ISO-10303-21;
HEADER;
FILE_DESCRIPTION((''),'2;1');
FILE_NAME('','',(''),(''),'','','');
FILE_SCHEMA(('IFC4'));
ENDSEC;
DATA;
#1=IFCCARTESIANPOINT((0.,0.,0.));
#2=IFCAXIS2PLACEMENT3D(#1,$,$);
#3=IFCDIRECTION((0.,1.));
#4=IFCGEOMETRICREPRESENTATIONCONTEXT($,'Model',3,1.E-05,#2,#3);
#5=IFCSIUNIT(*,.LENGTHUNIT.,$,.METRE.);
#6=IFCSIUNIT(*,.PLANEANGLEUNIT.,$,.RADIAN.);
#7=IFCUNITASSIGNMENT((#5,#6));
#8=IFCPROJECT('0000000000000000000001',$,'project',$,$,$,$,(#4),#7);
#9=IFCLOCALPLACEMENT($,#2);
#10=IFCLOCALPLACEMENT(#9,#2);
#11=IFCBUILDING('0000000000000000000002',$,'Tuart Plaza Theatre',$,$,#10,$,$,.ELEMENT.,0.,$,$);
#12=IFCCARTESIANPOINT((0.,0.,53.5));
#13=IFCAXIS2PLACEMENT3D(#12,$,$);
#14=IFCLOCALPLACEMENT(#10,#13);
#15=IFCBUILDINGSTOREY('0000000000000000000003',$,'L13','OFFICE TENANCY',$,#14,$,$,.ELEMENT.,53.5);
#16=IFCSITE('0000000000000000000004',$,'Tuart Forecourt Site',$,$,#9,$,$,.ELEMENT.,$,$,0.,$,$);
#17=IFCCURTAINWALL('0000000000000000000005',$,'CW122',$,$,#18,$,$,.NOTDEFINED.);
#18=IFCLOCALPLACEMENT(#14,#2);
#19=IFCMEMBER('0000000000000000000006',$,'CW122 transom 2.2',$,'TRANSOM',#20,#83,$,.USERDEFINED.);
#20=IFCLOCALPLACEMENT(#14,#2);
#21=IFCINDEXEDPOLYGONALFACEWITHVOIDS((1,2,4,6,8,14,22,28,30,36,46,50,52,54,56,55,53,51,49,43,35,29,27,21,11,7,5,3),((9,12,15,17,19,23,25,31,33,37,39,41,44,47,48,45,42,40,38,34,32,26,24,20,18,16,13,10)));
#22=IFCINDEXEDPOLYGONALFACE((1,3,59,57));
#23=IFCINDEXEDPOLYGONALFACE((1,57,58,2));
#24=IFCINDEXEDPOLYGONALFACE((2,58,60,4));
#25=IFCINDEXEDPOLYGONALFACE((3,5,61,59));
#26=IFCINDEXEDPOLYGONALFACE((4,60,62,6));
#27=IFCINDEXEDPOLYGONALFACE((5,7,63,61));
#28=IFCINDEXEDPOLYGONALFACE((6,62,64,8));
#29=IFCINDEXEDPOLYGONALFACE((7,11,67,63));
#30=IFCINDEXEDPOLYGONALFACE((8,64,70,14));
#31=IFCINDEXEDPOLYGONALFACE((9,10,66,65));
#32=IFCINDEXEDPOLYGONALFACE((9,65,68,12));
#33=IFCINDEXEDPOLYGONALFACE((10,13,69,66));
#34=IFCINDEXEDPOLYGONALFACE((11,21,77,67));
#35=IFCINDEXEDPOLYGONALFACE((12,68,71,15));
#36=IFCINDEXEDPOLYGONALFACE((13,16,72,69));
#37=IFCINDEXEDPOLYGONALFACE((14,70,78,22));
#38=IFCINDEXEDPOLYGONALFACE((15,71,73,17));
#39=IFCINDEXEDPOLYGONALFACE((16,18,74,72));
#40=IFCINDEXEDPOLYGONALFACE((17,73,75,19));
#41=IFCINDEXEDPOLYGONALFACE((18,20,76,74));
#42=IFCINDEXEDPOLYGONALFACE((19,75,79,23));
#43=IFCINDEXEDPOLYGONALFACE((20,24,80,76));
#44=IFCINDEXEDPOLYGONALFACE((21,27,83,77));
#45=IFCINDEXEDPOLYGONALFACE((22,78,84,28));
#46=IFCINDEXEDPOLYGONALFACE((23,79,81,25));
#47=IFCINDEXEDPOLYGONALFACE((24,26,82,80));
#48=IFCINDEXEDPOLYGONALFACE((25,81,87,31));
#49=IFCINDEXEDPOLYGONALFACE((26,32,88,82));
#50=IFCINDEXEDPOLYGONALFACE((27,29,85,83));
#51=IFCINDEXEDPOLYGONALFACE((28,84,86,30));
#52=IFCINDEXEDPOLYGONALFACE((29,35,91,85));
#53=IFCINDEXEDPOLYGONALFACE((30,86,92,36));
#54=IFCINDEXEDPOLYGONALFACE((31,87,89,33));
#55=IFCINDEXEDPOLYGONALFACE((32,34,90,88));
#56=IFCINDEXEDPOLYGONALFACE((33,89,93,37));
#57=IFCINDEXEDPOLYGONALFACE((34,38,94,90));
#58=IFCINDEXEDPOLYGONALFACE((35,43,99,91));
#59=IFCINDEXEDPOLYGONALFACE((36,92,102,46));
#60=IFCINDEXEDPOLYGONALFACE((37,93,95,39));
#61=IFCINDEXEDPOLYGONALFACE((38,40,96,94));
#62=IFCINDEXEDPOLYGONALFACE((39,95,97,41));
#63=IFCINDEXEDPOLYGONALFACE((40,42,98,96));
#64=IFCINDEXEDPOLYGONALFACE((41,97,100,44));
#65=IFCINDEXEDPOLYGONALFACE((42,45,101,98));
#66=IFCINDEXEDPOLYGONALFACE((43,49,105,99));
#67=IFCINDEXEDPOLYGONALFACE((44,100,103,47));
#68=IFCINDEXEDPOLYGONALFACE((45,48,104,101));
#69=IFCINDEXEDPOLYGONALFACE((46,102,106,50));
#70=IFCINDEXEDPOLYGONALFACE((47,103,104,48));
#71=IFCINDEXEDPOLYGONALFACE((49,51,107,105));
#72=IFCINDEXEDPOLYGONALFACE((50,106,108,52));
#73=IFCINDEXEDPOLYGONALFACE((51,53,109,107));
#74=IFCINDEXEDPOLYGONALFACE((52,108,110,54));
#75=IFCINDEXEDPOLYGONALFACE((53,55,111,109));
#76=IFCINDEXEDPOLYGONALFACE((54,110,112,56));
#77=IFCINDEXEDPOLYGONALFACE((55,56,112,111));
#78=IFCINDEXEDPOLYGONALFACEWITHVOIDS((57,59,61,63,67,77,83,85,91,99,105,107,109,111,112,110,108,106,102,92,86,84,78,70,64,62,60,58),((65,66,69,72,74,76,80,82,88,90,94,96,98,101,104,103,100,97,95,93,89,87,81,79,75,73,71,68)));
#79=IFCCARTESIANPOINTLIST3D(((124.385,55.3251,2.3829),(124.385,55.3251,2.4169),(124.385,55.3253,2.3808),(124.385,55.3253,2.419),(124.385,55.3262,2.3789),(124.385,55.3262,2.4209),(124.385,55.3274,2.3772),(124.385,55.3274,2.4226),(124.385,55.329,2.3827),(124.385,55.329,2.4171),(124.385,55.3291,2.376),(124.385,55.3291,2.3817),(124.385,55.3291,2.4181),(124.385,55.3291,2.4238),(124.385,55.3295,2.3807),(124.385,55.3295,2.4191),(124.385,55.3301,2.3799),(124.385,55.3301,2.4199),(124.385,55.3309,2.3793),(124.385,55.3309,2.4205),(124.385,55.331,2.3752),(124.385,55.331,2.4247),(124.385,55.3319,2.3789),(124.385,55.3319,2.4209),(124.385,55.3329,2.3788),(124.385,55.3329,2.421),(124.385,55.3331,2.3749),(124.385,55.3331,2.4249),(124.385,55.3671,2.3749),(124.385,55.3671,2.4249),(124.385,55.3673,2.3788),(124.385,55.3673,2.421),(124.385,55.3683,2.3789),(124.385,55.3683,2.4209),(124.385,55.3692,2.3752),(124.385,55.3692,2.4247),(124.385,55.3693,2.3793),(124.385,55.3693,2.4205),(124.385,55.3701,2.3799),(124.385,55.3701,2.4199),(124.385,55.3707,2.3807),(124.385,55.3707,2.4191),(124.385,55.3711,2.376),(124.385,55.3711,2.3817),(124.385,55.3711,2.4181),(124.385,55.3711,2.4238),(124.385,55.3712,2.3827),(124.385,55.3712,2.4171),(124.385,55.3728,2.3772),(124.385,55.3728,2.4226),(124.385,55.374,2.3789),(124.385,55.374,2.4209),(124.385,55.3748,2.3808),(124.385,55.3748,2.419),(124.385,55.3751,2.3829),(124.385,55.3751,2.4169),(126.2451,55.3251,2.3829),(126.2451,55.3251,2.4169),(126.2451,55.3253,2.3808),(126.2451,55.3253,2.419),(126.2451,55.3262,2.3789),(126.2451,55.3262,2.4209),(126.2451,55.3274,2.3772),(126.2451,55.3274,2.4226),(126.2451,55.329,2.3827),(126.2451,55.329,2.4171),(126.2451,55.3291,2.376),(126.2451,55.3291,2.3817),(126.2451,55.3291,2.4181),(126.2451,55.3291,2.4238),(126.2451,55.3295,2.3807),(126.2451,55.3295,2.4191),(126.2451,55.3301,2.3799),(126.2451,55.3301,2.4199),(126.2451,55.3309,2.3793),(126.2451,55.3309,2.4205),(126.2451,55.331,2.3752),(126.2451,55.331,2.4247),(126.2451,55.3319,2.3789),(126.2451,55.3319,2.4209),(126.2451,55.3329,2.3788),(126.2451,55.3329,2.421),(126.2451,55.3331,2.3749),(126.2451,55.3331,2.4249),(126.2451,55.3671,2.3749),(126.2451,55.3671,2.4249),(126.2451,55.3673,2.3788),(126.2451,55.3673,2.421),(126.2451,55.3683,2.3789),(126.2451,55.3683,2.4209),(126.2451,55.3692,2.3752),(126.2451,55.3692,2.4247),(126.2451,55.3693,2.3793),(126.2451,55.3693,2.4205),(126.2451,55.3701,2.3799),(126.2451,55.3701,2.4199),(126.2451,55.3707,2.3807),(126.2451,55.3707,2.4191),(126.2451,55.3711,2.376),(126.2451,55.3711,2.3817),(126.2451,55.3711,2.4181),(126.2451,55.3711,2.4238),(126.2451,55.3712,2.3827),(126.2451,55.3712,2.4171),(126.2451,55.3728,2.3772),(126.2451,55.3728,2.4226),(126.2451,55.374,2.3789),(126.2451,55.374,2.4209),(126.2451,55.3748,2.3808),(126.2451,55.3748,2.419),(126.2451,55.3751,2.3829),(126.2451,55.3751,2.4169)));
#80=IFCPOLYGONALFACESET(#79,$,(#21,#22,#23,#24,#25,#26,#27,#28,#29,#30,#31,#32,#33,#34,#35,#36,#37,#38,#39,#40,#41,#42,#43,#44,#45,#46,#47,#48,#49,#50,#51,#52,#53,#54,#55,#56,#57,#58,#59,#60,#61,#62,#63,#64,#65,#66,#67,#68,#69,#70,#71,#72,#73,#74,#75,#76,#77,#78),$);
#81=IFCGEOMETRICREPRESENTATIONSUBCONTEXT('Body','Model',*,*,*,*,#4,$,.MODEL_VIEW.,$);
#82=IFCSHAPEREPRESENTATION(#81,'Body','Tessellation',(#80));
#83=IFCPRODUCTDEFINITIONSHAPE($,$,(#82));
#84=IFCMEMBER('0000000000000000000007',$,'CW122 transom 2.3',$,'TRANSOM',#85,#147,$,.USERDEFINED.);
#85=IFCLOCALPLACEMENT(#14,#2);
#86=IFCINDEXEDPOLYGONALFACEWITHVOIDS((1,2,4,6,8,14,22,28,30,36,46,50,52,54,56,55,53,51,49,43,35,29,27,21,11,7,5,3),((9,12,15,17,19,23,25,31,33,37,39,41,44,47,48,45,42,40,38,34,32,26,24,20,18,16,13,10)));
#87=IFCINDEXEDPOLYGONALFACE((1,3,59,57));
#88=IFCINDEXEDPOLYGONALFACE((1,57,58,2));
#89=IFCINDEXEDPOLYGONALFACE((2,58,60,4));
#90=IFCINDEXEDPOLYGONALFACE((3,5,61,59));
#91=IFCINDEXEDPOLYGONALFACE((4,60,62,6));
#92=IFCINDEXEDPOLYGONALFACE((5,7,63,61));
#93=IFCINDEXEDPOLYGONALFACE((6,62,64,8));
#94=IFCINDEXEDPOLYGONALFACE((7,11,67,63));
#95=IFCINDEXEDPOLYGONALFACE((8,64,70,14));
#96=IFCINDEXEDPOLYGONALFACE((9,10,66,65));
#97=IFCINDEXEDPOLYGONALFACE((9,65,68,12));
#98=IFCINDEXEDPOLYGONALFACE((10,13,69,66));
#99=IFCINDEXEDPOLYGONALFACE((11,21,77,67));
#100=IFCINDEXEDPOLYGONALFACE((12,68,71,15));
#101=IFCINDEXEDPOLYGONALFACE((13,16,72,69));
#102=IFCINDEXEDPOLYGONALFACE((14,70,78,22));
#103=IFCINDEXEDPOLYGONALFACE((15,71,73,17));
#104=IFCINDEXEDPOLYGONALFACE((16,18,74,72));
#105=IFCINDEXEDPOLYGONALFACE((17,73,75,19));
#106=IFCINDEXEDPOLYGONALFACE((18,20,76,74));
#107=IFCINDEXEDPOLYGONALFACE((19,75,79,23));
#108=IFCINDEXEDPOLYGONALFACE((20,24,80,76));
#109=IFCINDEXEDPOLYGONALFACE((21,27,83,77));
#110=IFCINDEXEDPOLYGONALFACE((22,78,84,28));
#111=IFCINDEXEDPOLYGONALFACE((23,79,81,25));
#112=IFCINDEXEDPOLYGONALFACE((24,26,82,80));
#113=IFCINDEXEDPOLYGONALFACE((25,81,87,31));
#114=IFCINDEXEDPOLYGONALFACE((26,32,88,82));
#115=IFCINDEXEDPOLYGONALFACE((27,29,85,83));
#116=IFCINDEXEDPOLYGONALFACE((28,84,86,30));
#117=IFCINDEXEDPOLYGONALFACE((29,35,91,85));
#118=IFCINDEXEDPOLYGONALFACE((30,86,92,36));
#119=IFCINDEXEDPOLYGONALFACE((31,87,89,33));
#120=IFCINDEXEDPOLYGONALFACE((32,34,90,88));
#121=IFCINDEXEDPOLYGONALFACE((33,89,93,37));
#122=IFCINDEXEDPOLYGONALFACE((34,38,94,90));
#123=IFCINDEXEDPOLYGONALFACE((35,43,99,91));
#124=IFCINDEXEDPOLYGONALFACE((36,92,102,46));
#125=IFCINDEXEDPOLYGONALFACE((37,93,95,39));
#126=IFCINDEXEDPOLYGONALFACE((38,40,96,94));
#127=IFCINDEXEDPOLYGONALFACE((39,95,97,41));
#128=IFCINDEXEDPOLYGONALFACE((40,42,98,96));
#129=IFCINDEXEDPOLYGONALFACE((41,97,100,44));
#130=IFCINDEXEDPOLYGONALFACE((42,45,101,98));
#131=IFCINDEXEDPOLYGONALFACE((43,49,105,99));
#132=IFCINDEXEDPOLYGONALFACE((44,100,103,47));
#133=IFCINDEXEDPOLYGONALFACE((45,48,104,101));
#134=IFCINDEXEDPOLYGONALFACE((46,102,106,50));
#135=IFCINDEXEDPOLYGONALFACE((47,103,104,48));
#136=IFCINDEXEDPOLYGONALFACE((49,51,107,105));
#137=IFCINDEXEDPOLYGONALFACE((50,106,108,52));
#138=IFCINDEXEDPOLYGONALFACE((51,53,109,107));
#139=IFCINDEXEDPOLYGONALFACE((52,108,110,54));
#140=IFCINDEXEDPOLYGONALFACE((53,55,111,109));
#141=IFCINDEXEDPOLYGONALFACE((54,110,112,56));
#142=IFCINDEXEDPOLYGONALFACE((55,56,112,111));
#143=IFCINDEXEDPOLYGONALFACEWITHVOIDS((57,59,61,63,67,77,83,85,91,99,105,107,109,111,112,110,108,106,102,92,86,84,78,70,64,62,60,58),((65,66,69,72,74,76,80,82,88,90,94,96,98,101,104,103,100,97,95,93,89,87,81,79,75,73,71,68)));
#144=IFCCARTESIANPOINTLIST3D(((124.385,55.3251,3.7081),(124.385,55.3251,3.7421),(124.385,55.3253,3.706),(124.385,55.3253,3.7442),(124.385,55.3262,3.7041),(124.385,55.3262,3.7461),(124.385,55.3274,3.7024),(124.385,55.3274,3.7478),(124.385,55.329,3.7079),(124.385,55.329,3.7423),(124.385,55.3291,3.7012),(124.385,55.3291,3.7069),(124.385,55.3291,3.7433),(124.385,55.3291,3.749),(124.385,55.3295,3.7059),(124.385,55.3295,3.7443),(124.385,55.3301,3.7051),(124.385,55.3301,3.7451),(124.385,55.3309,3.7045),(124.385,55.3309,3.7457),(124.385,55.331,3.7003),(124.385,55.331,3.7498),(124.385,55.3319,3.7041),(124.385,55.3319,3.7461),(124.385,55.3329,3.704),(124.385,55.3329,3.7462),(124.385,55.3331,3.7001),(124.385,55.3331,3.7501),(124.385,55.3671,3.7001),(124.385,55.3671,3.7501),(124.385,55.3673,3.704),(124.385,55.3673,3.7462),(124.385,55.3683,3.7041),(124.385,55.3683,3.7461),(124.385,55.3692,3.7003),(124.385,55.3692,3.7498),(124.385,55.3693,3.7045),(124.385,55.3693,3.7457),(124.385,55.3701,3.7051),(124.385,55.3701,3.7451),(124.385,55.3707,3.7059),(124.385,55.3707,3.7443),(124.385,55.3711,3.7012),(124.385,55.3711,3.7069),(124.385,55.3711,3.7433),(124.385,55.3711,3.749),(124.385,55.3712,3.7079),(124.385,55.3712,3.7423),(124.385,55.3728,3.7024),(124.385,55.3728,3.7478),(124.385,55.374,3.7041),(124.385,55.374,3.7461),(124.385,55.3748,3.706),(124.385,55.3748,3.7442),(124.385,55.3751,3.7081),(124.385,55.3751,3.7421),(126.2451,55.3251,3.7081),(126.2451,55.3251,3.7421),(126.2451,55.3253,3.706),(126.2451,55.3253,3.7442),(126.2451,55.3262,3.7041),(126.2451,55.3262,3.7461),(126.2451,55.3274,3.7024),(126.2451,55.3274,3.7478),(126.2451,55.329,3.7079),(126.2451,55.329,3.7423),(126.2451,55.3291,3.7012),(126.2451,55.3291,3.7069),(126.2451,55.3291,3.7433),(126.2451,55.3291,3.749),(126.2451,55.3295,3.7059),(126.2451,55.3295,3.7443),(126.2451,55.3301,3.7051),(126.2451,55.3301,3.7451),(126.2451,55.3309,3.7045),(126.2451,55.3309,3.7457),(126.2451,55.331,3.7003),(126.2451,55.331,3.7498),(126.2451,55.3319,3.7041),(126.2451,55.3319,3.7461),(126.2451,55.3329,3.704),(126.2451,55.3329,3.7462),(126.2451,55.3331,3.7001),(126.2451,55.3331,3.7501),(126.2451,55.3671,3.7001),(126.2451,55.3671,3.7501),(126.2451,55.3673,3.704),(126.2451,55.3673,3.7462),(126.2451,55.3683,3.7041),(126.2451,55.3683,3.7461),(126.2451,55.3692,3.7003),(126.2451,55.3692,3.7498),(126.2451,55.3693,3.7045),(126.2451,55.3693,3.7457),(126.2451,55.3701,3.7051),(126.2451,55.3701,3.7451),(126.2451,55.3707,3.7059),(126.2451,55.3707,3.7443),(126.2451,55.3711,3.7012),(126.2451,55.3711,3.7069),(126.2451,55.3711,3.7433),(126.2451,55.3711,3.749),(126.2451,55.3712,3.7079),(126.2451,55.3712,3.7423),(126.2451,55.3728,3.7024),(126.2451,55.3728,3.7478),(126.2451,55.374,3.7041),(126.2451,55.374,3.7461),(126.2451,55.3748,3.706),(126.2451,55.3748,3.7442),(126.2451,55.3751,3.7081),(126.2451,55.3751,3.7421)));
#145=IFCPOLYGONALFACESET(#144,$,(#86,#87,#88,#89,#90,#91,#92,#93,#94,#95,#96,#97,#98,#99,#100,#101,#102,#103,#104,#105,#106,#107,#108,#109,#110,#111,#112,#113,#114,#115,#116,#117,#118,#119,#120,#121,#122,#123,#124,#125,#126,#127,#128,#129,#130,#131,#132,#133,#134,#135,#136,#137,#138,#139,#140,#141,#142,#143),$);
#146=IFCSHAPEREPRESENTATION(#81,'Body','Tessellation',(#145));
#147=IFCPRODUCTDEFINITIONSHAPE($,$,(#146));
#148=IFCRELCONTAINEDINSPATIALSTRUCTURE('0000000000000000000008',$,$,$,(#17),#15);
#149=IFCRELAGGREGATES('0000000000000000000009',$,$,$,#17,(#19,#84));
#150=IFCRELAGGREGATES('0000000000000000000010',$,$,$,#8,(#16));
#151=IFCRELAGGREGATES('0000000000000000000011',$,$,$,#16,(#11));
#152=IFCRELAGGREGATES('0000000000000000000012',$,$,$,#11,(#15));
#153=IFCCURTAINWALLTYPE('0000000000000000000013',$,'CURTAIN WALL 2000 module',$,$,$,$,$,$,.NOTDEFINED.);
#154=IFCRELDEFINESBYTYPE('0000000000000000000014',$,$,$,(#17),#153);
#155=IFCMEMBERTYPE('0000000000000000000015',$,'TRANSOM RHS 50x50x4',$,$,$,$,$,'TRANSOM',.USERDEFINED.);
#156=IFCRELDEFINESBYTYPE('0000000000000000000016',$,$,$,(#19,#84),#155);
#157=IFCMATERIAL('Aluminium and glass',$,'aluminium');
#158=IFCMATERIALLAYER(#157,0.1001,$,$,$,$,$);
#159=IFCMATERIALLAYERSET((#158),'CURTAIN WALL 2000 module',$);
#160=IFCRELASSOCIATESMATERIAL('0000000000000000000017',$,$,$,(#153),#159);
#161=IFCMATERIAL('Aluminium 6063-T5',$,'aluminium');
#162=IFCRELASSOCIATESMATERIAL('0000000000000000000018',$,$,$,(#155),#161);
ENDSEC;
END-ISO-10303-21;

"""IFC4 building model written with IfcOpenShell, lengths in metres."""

from ifc_helpers import new_model, si_unit, direction, frame, origin, origin_2d, place, context, subcontext, project, spatial, hollow_rectangle, extrude, material, layer, layer_set, material_profile, profile_set, type_object, element, aggregate, save


model = new_model("IFC4")

# Units and contexts
model_context = context("Model", 3, precision=1e-05, world=origin(), true_north=direction((0.0, 1.0)))
body_context = subcontext(model_context, "Body", "Model", "MODEL_VIEW")
ifc_project = project(units=[si_unit("LENGTHUNIT", "METRE"), si_unit("PLANEANGLEUNIT", "RADIAN")], contexts=[model_context])

# Site, building, storey
site_placement = place(None, origin())
site = spatial("IfcSite", under=ifc_project, at=site_placement, Name="Tuart Forecourt Site", CompositionType="ELEMENT", RefElevation=0.0)
building_placement = place(site_placement, origin())
building = spatial("IfcBuilding", under=site, at=building_placement, Name="Tuart Plaza Theatre", CompositionType="ELEMENT", ElevationOfRefHeight=0.0)
storey_placement = place(building_placement, frame((0.0, 0.0, 53.5)))
storey = spatial("IfcBuildingStorey", under=building, at=storey_placement, Name="L13", Description="OFFICE TENANCY", CompositionType="ELEMENT", Elevation=53.5)

# Curtain wall, members
ifc_material_1 = material(Name="Aluminium and glass", Category="aluminium")
ifc_layer_1 = layer(ifc_material_1, 0.1001)
ifc_layer_set_1 = layer_set([ifc_layer_1], Name="CURTAIN WALL 2000 module")
curtain_wall_type = type_object("IfcCurtainWallType", Name="CURTAIN WALL 2000 module", PredefinedType="NOTDEFINED", material=ifc_layer_set_1)
curtain_wall_placement = place(storey_placement, origin())
curtain_wall = element("IfcCurtainWall", 1, at=curtain_wall_placement, inside=storey, type_object=curtain_wall_type, Name="CW122", PredefinedType="NOTDEFINED")
ifc_material_2 = material(Name="Aluminium 6063-T5", Category="aluminium")
ifc_material_profile_1 = material_profile(ifc_material_2, hollow_rectangle(XDim=0.05, YDim=0.05, WallThickness=0.0039, InnerFilletRadius=0.0039, OuterFilletRadius=0.0081, at=origin_2d()), Name="RHS 50x50x4")
ifc_profile_set_1 = profile_set([ifc_material_profile_1], Name="Aluminium 6063-T5")
member_type_1 = type_object("IfcMemberType", Name="TRANSOM RHS 50x50x4", ElementType="TRANSOM", PredefinedType="USERDEFINED", material=ifc_profile_set_1)
member_1_placement = place(storey_placement, frame((124.385, 55.3501, 2.3999), z_axis=(1.0, 0.0, 0.0), x_axis=(0.0, 1.0, 0.0)))
member_1 = element("IfcMember", 2, at=member_1_placement, type_object=member_type_1, Name="CW122 transom 2.2", ObjectType="TRANSOM", PredefinedType="USERDEFINED", context=body_context, shape_type="SweptSolid", body=[
    extrude(hollow_rectangle(XDim=0.05, YDim=0.05, WallThickness=0.0039, InnerFilletRadius=0.0039, OuterFilletRadius=0.0081, at=origin_2d()), origin(), (0.0, 0.0, 1.0), 1.8601),
])
member_2_placement = place(storey_placement, frame((124.385, 55.3501, 3.7251), z_axis=(1.0, 0.0, 0.0), x_axis=(0.0, 1.0, 0.0)))
member_2 = element("IfcMember", 3, at=member_2_placement, type_object=member_type_1, Name="CW122 transom 2.3", ObjectType="TRANSOM", PredefinedType="USERDEFINED", context=body_context, shape_type="SweptSolid", body=[
    extrude(hollow_rectangle(XDim=0.05, YDim=0.05, WallThickness=0.0039, InnerFilletRadius=0.0039, OuterFilletRadius=0.0081, at=origin_2d()), origin(), (0.0, 0.0, 1.0), 1.8601),
])
aggregate(curtain_wall, [member_1, member_2])

save(model, "model.ifc")
